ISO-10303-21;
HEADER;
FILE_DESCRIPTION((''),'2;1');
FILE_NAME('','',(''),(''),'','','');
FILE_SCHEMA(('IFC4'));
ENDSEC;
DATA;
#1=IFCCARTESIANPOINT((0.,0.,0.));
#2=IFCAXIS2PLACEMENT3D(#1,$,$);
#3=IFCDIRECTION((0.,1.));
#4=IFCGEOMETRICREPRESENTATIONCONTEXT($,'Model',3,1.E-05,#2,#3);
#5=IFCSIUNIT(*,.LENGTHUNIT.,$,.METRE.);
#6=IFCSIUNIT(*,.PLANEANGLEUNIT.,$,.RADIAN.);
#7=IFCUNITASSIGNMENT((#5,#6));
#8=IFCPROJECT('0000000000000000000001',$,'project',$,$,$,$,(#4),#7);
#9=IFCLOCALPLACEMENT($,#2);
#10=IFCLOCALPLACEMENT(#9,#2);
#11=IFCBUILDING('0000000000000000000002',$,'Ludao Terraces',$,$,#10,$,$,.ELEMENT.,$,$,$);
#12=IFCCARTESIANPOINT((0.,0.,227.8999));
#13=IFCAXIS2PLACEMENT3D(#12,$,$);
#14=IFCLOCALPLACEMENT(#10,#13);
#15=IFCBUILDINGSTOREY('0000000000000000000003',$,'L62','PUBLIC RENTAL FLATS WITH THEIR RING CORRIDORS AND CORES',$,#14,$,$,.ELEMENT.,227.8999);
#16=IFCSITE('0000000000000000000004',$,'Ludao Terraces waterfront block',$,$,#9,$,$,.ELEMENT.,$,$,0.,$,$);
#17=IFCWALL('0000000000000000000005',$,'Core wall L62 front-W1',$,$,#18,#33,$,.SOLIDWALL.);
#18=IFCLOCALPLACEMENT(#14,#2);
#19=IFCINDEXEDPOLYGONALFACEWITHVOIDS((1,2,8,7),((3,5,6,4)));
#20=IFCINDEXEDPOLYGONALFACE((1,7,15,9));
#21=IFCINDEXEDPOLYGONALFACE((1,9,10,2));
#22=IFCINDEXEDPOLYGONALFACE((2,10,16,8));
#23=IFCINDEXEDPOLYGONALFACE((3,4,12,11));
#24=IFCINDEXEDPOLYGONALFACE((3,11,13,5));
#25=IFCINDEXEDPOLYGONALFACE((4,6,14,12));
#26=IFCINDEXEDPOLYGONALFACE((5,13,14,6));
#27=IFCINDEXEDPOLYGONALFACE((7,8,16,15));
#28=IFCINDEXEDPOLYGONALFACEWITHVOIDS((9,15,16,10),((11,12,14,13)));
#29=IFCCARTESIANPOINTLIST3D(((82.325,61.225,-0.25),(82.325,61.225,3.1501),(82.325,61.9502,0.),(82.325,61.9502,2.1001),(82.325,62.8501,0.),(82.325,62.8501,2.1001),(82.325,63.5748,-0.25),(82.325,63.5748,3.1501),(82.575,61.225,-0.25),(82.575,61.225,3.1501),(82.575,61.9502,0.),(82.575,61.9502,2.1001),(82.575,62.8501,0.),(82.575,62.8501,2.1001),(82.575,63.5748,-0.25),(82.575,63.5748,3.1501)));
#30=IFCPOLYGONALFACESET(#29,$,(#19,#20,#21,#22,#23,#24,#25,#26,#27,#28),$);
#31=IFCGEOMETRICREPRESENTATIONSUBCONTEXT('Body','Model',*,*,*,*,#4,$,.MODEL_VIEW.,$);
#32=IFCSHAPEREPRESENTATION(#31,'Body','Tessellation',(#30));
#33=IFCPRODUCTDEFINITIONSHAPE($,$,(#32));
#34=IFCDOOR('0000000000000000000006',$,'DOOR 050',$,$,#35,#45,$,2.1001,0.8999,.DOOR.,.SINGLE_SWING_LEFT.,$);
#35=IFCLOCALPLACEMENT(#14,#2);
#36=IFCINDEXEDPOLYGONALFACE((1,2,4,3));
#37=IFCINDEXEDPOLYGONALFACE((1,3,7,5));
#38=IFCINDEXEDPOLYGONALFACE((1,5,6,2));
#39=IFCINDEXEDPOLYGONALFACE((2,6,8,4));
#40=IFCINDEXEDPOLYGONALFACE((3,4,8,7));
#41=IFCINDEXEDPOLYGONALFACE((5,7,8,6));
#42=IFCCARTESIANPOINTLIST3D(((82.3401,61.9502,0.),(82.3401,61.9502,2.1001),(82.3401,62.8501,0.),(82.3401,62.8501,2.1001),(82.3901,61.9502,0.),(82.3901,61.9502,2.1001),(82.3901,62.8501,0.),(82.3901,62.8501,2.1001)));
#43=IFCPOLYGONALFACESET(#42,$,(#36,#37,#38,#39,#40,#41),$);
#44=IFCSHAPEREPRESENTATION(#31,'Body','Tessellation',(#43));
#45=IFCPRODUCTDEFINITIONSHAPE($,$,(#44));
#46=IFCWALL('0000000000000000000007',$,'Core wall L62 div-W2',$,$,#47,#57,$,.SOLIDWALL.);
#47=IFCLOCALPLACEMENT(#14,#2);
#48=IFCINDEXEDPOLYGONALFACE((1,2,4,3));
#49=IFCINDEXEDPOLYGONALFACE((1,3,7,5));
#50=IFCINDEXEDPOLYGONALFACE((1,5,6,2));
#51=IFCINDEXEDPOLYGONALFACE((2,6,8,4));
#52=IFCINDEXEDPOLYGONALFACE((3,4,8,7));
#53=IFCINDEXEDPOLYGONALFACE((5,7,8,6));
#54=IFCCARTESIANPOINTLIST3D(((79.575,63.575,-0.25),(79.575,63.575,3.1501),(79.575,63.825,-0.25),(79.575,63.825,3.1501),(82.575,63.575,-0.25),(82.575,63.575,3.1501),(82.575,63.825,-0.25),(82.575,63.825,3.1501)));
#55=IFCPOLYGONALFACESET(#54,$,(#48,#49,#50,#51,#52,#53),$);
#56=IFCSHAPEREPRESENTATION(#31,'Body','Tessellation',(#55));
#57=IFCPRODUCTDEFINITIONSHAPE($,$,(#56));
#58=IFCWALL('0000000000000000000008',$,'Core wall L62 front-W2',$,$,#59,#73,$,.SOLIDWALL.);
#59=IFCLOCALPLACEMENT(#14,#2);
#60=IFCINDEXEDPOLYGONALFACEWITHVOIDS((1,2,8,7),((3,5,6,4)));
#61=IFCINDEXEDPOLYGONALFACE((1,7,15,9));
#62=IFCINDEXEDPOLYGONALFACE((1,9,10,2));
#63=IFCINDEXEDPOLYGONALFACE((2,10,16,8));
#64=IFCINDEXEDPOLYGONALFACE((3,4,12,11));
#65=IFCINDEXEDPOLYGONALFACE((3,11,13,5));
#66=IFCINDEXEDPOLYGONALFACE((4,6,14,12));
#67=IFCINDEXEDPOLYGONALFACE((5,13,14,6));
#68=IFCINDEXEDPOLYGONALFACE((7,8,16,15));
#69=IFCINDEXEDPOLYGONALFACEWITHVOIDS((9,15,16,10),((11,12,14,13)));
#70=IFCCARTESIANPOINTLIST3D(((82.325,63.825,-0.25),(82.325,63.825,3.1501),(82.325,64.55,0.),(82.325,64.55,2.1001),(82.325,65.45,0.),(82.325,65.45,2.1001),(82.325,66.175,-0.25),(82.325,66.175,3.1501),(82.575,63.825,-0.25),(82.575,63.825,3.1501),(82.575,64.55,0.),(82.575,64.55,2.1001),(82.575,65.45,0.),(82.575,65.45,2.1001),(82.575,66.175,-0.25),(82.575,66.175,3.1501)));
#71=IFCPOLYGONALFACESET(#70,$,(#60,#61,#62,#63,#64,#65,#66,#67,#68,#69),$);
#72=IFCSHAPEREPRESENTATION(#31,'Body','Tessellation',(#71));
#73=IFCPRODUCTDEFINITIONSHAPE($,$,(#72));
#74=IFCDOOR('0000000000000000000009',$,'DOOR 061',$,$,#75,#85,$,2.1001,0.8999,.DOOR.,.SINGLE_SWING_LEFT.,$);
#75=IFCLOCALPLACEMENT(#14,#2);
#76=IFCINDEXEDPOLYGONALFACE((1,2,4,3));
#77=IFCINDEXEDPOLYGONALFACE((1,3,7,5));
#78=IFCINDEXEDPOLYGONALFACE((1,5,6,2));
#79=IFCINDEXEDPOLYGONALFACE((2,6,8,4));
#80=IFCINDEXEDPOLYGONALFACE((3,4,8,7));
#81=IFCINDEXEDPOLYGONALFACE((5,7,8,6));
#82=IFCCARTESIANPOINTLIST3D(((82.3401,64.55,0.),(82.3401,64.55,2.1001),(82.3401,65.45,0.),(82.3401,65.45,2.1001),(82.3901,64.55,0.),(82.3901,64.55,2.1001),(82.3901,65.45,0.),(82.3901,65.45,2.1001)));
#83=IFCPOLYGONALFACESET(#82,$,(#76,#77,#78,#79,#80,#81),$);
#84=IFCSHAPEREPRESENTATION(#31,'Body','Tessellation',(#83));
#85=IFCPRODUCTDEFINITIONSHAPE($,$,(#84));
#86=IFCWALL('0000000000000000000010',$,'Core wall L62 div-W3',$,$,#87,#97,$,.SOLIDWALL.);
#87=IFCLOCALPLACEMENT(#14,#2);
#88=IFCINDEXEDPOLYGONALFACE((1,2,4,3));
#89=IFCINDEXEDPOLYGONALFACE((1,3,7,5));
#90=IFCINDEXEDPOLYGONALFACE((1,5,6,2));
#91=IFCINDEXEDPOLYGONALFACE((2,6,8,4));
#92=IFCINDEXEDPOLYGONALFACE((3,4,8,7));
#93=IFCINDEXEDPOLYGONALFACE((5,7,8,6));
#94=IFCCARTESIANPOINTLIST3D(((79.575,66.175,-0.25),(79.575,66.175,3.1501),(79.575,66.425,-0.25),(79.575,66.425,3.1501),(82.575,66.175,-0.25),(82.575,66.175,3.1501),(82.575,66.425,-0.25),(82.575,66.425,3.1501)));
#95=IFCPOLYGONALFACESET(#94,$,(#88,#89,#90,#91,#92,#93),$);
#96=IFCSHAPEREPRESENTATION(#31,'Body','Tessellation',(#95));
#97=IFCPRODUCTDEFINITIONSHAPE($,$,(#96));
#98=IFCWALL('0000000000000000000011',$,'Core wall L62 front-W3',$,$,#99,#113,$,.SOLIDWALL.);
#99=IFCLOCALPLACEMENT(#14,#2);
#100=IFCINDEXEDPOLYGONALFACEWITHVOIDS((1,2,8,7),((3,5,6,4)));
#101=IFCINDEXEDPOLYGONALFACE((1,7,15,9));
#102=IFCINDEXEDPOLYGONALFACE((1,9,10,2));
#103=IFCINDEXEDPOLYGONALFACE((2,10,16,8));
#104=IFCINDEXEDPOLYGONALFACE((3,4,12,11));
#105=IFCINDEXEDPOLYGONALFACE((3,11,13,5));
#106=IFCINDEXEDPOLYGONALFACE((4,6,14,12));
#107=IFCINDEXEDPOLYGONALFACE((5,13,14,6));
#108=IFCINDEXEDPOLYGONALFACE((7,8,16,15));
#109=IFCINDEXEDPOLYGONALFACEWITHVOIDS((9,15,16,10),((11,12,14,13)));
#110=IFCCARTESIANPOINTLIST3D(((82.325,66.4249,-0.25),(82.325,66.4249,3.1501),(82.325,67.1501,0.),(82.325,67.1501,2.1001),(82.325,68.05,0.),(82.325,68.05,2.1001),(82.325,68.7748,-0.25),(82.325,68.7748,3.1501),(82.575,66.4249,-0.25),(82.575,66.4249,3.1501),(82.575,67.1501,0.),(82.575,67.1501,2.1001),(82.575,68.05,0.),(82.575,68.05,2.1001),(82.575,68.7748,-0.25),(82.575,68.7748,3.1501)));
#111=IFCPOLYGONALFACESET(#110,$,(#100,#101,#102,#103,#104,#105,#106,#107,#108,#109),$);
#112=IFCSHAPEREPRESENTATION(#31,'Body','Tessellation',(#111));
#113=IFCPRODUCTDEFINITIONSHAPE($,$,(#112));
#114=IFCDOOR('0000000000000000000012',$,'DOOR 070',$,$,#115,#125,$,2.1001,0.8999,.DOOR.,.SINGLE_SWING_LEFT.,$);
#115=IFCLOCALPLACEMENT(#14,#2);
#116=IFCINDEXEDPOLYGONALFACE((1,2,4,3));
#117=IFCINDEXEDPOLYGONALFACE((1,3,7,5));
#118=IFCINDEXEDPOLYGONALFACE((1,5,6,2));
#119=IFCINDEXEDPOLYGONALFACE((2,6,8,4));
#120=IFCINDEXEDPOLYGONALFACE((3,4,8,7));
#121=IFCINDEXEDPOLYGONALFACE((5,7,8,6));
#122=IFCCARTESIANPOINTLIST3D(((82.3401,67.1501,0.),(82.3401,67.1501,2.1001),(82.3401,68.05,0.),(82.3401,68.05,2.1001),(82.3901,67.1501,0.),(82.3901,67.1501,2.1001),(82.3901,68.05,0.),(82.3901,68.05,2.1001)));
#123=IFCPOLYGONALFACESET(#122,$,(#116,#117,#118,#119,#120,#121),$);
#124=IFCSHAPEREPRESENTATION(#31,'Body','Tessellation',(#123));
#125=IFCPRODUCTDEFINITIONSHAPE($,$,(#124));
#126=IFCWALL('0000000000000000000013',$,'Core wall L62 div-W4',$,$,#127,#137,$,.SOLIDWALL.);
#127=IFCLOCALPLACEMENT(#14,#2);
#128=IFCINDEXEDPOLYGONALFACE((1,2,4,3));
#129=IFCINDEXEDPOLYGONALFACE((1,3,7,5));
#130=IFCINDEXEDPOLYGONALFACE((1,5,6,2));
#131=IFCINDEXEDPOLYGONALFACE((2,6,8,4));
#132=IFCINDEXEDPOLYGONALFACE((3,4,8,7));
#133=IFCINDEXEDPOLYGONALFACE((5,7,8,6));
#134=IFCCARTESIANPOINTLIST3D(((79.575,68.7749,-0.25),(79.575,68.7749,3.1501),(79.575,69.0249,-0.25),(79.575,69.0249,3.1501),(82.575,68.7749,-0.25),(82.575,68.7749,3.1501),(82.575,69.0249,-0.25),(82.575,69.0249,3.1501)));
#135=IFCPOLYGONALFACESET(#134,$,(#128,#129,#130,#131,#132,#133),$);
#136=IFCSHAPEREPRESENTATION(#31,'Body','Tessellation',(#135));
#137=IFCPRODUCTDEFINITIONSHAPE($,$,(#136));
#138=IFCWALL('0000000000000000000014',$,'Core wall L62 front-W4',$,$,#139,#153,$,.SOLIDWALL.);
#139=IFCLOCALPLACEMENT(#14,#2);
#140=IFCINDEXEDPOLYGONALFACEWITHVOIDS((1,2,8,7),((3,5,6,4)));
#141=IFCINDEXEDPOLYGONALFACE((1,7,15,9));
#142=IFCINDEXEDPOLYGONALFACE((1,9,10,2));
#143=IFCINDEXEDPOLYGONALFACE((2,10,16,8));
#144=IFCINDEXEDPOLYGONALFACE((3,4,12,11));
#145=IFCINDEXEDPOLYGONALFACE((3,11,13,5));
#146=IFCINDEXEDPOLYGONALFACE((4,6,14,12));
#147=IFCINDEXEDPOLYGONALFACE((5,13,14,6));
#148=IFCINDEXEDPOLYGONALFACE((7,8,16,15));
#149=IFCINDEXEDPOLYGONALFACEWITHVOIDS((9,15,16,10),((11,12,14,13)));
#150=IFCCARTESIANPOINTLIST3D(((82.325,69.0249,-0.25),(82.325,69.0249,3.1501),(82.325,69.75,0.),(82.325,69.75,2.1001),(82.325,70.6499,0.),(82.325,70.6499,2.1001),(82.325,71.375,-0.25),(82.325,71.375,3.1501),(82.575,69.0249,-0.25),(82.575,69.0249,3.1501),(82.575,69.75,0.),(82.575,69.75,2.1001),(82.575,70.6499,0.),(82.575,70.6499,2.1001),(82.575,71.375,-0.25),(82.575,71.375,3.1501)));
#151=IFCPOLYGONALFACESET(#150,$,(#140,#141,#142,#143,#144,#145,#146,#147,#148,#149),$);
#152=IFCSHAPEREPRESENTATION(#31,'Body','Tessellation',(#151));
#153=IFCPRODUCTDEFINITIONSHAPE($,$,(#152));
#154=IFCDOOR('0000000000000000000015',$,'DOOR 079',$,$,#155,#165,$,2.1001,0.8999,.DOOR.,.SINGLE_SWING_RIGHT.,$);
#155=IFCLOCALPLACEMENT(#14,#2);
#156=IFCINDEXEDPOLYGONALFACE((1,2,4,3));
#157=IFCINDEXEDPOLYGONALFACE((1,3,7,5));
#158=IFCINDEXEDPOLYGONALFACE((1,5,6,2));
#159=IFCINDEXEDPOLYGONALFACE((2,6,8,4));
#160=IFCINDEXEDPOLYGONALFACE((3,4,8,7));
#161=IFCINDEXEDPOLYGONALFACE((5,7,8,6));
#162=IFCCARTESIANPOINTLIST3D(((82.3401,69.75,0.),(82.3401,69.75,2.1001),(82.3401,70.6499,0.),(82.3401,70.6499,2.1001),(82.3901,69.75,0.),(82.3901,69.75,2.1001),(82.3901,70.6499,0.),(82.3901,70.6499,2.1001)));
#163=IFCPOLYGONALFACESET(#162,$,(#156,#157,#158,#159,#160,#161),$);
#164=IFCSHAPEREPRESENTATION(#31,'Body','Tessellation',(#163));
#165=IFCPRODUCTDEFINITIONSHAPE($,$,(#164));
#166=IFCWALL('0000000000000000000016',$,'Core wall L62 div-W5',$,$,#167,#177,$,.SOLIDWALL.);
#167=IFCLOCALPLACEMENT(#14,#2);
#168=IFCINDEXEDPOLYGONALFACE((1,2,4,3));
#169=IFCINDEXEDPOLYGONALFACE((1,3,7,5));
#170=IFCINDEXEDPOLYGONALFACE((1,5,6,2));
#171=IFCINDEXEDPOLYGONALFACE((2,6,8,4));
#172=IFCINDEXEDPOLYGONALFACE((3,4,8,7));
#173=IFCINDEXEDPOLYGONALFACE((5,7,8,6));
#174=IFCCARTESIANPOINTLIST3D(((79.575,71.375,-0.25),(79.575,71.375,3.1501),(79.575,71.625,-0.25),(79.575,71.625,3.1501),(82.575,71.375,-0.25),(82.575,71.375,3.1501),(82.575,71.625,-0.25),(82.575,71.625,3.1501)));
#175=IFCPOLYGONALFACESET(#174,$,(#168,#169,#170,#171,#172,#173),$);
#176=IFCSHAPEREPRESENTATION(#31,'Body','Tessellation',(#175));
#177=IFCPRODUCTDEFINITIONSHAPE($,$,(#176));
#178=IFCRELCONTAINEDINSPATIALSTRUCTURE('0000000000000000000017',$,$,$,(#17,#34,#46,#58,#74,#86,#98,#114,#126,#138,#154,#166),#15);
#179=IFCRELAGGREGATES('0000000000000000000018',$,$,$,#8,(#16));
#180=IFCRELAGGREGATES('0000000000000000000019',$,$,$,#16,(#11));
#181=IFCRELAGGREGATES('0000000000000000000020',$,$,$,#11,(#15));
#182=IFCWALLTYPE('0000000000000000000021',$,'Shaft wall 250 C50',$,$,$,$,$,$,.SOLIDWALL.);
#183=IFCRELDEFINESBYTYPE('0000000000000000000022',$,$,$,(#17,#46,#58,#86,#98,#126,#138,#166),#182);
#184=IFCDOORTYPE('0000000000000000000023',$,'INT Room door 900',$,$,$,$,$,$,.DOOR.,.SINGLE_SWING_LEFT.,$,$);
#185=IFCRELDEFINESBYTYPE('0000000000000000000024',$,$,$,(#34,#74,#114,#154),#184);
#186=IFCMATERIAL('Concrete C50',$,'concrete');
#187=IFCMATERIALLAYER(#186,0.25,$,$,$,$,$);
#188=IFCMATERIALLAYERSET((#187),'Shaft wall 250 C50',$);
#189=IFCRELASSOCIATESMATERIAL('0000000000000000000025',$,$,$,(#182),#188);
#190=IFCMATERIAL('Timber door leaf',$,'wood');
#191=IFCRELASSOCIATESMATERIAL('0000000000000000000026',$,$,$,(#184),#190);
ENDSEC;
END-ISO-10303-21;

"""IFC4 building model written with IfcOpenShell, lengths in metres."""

from ifc_helpers import new_model, si_unit, direction, frame, frame_2d, origin, place, context, subcontext, project, spatial, rectangle, extrude, material, layer, layer_set, type_object, element, fill, save


model = new_model("IFC4")

# Units and contexts
model_context = context("Model", 3, precision=1e-05, world=origin(), true_north=direction((0.0, 1.0)))
body_context = subcontext(model_context, "Body", "Model", "MODEL_VIEW")
ifc_project = project(units=[si_unit("LENGTHUNIT", "METRE"), si_unit("PLANEANGLEUNIT", "RADIAN")], contexts=[model_context])

# Site, building, storey
site_placement = place(None, origin())
site = spatial("IfcSite", under=ifc_project, at=site_placement, Name="Ludao Terraces waterfront block", CompositionType="ELEMENT", RefElevation=0.0)
building_placement = place(site_placement, origin())
building = spatial("IfcBuilding", under=site, at=building_placement, Name="Ludao Terraces", CompositionType="ELEMENT")
storey_placement = place(building_placement, frame((0.0, 0.0, 227.8999)))
storey = spatial("IfcBuildingStorey", under=building, at=storey_placement, Name="L62", Description="PUBLIC RENTAL FLATS WITH THEIR RING CORRIDORS AND CORES", CompositionType="ELEMENT", Elevation=227.8999)

# Shared definitions
ifc_material_1 = material(Name="Concrete C50", Category="concrete")

# Shared definitions
ifc_material_2 = material(Name="Timber door leaf", Category="wood")

# Wall, opening, door
ifc_layer_1 = layer(ifc_material_1, 0.25)
ifc_layer_set_1 = layer_set([ifc_layer_1], Name="Shaft wall 250 C50")
wall_type_1 = type_object("IfcWallType", Name="Shaft wall 250 C50", PredefinedType="SOLIDWALL", material=ifc_layer_set_1)
wall_1_placement = place(storey_placement, frame((82.45, 61.2251, -0.25), z_axis=(0.0, 0.0, 1.0), x_axis=(0.0, 1.0, 0.0)))
wall_1 = element("IfcWall", 1, at=wall_1_placement, inside=storey, type_object=wall_type_1, Name="Core wall L62 front-W1", PredefinedType="SOLIDWALL", context=body_context, shape_type="SweptSolid", body=[
    extrude(rectangle(XDim=2.3499, YDim=0.25, at=frame_2d((1.1748, 0.0))), origin(), (0.0, 0.0, 1.0), 3.4001),
])
opening_1_placement = place(wall_1_placement, frame((0.7251, 0.0, 0.25)))
opening_1 = element("IfcOpeningElement", 2, at=opening_1_placement, cuts=wall_1, PredefinedType="OPENING", context=body_context, shape_type="SweptSolid", body=[
    extrude(rectangle(XDim=0.8999, YDim=2.1001, at=frame_2d((0.45, 1.05))), frame((0.0, 0.135, 0.0), z_axis=(0.0, -1.0, 0.0), x_axis=(1.0, 0.0, 0.0)), (0.0, 0.0, 1.0), 0.27),
])
door_type_1 = type_object("IfcDoorType", Name="INT Room door 900", OperationType="SINGLE_SWING_LEFT", PredefinedType="DOOR", material=ifc_material_2)
door_1_placement = place(opening_1_placement, origin())
door_1 = element("IfcDoor", 3, at=door_1_placement, inside=storey, type_object=door_type_1, Name="DOOR 050", OperationType="SINGLE_SWING_LEFT", OverallHeight=2.1001, OverallWidth=0.8999, PredefinedType="DOOR", context=body_context, shape_type="SweptSolid", body=[
    extrude(rectangle(XDim=0.8999, YDim=2.1001, at=frame_2d((0.45, 1.05))), frame((0.0, 0.1099, 0.0), z_axis=(0.0, -1.0, 0.0), x_axis=(1.0, 0.0, 0.0)), (0.0, 0.0, 1.0), 0.05),
])
fill(opening_1, door_1)

# Wall
wall_2_placement = place(storey_placement, frame((79.575, 63.7, -0.25), z_axis=(0.0, 0.0, 1.0), x_axis=(1.0, 0.0, 0.0)))
element("IfcWall", 4, at=wall_2_placement, inside=storey, type_object=wall_type_1, Name="Core wall L62 div-W2", PredefinedType="SOLIDWALL", context=body_context, shape_type="SweptSolid", body=[
    extrude(rectangle(XDim=3.0, YDim=0.25, at=frame_2d((1.5, 0.0))), origin(), (0.0, 0.0, 1.0), 3.4001),
])

# Wall, opening, door
wall_3_placement = place(storey_placement, frame((82.45, 63.825, -0.25), z_axis=(0.0, 0.0, 1.0), x_axis=(0.0, 1.0, 0.0)))
wall_3 = element("IfcWall", 5, at=wall_3_placement, inside=storey, type_object=wall_type_1, Name="Core wall L62 front-W2", PredefinedType="SOLIDWALL", context=body_context, shape_type="SweptSolid", body=[
    extrude(rectangle(XDim=2.3501, YDim=0.25, at=frame_2d((1.175, 0.0))), origin(), (0.0, 0.0, 1.0), 3.4001),
])
opening_2_placement = place(wall_3_placement, frame((0.7251, 0.0, 0.25)))
opening_2 = element("IfcOpeningElement", 6, at=opening_2_placement, cuts=wall_3, PredefinedType="OPENING", context=body_context, shape_type="SweptSolid", body=[
    extrude(rectangle(XDim=0.8999, YDim=2.1001, at=frame_2d((0.45, 1.05))), frame((0.0, 0.135, 0.0), z_axis=(0.0, -1.0, 0.0), x_axis=(1.0, 0.0, 0.0)), (0.0, 0.0, 1.0), 0.27),
])
door_2_placement = place(opening_2_placement, origin())
door_2 = element("IfcDoor", 7, at=door_2_placement, inside=storey, type_object=door_type_1, Name="DOOR 061", OperationType="SINGLE_SWING_LEFT", OverallHeight=2.1001, OverallWidth=0.8999, PredefinedType="DOOR", context=body_context, shape_type="SweptSolid", body=[
    extrude(rectangle(XDim=0.8999, YDim=2.1001, at=frame_2d((0.45, 1.05))), frame((0.0, 0.1099, 0.0), z_axis=(0.0, -1.0, 0.0), x_axis=(1.0, 0.0, 0.0)), (0.0, 0.0, 1.0), 0.05),
])
fill(opening_2, door_2)

# Wall
wall_4_placement = place(storey_placement, frame((79.575, 66.3, -0.25), z_axis=(0.0, 0.0, 1.0), x_axis=(1.0, 0.0, 0.0)))
element("IfcWall", 8, at=wall_4_placement, inside=storey, type_object=wall_type_1, Name="Core wall L62 div-W3", PredefinedType="SOLIDWALL", context=body_context, shape_type="SweptSolid", body=[
    extrude(rectangle(XDim=3.0, YDim=0.25, at=frame_2d((1.5, 0.0))), origin(), (0.0, 0.0, 1.0), 3.4001),
])

# Wall, opening, door
wall_5_placement = place(storey_placement, frame((82.45, 66.425, -0.25), z_axis=(0.0, 0.0, 1.0), x_axis=(0.0, 1.0, 0.0)))
wall_5 = element("IfcWall", 9, at=wall_5_placement, inside=storey, type_object=wall_type_1, Name="Core wall L62 front-W3", PredefinedType="SOLIDWALL", context=body_context, shape_type="SweptSolid", body=[
    extrude(rectangle(XDim=2.3499, YDim=0.25, at=frame_2d((1.1748, 0.0))), origin(), (0.0, 0.0, 1.0), 3.4001),
])
opening_3_placement = place(wall_5_placement, frame((0.7251, 0.0, 0.25)))
opening_3 = element("IfcOpeningElement", 10, at=opening_3_placement, cuts=wall_5, PredefinedType="OPENING", context=body_context, shape_type="SweptSolid", body=[
    extrude(rectangle(XDim=0.8999, YDim=2.1001, at=frame_2d((0.45, 1.05))), frame((0.0, 0.135, 0.0), z_axis=(0.0, -1.0, 0.0), x_axis=(1.0, 0.0, 0.0)), (0.0, 0.0, 1.0), 0.27),
])
door_3_placement = place(opening_3_placement, origin())
door_3 = element("IfcDoor", 11, at=door_3_placement, inside=storey, type_object=door_type_1, Name="DOOR 070", OperationType="SINGLE_SWING_LEFT", OverallHeight=2.1001, OverallWidth=0.8999, PredefinedType="DOOR", context=body_context, shape_type="SweptSolid", body=[
    extrude(rectangle(XDim=0.8999, YDim=2.1001, at=frame_2d((0.45, 1.05))), frame((0.0, 0.1099, 0.0), z_axis=(0.0, -1.0, 0.0), x_axis=(1.0, 0.0, 0.0)), (0.0, 0.0, 1.0), 0.05),
])
fill(opening_3, door_3)

# Wall
wall_6_placement = place(storey_placement, frame((79.575, 68.8999, -0.25), z_axis=(0.0, 0.0, 1.0), x_axis=(1.0, 0.0, 0.0)))
element("IfcWall", 12, at=wall_6_placement, inside=storey, type_object=wall_type_1, Name="Core wall L62 div-W4", PredefinedType="SOLIDWALL", context=body_context, shape_type="SweptSolid", body=[
    extrude(rectangle(XDim=3.0, YDim=0.25, at=frame_2d((1.5, 0.0))), origin(), (0.0, 0.0, 1.0), 3.4001),
])

# Wall, opening, door
wall_7_placement = place(storey_placement, frame((82.45, 69.0249, -0.25), z_axis=(0.0, 0.0, 1.0), x_axis=(0.0, 1.0, 0.0)))
wall_7 = element("IfcWall", 13, at=wall_7_placement, inside=storey, type_object=wall_type_1, Name="Core wall L62 front-W4", PredefinedType="SOLIDWALL", context=body_context, shape_type="SweptSolid", body=[
    extrude(rectangle(XDim=2.3501, YDim=0.25, at=frame_2d((1.175, 0.0))), origin(), (0.0, 0.0, 1.0), 3.4001),
])
opening_4_placement = place(wall_7_placement, frame((0.7251, 0.0, 0.25)))
opening_4 = element("IfcOpeningElement", 14, at=opening_4_placement, cuts=wall_7, PredefinedType="OPENING", context=body_context, shape_type="SweptSolid", body=[
    extrude(rectangle(XDim=0.8999, YDim=2.1001, at=frame_2d((0.45, 1.05))), frame((0.0, 0.135, 0.0), z_axis=(0.0, -1.0, 0.0), x_axis=(1.0, 0.0, 0.0)), (0.0, 0.0, 1.0), 0.27),
])
door_4_placement = place(opening_4_placement, origin())
door_4 = element("IfcDoor", 15, at=door_4_placement, inside=storey, type_object=door_type_1, Name="DOOR 079", OperationType="SINGLE_SWING_RIGHT", OverallHeight=2.1001, OverallWidth=0.8999, PredefinedType="DOOR", context=body_context, shape_type="SweptSolid", body=[
    extrude(rectangle(XDim=0.8999, YDim=2.1001, at=frame_2d((0.45, 1.05))), frame((0.0, 0.1099, 0.0), z_axis=(0.0, -1.0, 0.0), x_axis=(1.0, 0.0, 0.0)), (0.0, 0.0, 1.0), 0.05),
])
fill(opening_4, door_4)

# Wall
wall_8_placement = place(storey_placement, frame((79.575, 71.5, -0.25), z_axis=(0.0, 0.0, 1.0), x_axis=(1.0, 0.0, 0.0)))
element("IfcWall", 16, at=wall_8_placement, inside=storey, type_object=wall_type_1, Name="Core wall L62 div-W5", PredefinedType="SOLIDWALL", context=body_context, shape_type="SweptSolid", body=[
    extrude(rectangle(XDim=3.0, YDim=0.25, at=frame_2d((1.5, 0.0))), origin(), (0.0, 0.0, 1.0), 3.4001),
])

save(model, "model.ifc")
